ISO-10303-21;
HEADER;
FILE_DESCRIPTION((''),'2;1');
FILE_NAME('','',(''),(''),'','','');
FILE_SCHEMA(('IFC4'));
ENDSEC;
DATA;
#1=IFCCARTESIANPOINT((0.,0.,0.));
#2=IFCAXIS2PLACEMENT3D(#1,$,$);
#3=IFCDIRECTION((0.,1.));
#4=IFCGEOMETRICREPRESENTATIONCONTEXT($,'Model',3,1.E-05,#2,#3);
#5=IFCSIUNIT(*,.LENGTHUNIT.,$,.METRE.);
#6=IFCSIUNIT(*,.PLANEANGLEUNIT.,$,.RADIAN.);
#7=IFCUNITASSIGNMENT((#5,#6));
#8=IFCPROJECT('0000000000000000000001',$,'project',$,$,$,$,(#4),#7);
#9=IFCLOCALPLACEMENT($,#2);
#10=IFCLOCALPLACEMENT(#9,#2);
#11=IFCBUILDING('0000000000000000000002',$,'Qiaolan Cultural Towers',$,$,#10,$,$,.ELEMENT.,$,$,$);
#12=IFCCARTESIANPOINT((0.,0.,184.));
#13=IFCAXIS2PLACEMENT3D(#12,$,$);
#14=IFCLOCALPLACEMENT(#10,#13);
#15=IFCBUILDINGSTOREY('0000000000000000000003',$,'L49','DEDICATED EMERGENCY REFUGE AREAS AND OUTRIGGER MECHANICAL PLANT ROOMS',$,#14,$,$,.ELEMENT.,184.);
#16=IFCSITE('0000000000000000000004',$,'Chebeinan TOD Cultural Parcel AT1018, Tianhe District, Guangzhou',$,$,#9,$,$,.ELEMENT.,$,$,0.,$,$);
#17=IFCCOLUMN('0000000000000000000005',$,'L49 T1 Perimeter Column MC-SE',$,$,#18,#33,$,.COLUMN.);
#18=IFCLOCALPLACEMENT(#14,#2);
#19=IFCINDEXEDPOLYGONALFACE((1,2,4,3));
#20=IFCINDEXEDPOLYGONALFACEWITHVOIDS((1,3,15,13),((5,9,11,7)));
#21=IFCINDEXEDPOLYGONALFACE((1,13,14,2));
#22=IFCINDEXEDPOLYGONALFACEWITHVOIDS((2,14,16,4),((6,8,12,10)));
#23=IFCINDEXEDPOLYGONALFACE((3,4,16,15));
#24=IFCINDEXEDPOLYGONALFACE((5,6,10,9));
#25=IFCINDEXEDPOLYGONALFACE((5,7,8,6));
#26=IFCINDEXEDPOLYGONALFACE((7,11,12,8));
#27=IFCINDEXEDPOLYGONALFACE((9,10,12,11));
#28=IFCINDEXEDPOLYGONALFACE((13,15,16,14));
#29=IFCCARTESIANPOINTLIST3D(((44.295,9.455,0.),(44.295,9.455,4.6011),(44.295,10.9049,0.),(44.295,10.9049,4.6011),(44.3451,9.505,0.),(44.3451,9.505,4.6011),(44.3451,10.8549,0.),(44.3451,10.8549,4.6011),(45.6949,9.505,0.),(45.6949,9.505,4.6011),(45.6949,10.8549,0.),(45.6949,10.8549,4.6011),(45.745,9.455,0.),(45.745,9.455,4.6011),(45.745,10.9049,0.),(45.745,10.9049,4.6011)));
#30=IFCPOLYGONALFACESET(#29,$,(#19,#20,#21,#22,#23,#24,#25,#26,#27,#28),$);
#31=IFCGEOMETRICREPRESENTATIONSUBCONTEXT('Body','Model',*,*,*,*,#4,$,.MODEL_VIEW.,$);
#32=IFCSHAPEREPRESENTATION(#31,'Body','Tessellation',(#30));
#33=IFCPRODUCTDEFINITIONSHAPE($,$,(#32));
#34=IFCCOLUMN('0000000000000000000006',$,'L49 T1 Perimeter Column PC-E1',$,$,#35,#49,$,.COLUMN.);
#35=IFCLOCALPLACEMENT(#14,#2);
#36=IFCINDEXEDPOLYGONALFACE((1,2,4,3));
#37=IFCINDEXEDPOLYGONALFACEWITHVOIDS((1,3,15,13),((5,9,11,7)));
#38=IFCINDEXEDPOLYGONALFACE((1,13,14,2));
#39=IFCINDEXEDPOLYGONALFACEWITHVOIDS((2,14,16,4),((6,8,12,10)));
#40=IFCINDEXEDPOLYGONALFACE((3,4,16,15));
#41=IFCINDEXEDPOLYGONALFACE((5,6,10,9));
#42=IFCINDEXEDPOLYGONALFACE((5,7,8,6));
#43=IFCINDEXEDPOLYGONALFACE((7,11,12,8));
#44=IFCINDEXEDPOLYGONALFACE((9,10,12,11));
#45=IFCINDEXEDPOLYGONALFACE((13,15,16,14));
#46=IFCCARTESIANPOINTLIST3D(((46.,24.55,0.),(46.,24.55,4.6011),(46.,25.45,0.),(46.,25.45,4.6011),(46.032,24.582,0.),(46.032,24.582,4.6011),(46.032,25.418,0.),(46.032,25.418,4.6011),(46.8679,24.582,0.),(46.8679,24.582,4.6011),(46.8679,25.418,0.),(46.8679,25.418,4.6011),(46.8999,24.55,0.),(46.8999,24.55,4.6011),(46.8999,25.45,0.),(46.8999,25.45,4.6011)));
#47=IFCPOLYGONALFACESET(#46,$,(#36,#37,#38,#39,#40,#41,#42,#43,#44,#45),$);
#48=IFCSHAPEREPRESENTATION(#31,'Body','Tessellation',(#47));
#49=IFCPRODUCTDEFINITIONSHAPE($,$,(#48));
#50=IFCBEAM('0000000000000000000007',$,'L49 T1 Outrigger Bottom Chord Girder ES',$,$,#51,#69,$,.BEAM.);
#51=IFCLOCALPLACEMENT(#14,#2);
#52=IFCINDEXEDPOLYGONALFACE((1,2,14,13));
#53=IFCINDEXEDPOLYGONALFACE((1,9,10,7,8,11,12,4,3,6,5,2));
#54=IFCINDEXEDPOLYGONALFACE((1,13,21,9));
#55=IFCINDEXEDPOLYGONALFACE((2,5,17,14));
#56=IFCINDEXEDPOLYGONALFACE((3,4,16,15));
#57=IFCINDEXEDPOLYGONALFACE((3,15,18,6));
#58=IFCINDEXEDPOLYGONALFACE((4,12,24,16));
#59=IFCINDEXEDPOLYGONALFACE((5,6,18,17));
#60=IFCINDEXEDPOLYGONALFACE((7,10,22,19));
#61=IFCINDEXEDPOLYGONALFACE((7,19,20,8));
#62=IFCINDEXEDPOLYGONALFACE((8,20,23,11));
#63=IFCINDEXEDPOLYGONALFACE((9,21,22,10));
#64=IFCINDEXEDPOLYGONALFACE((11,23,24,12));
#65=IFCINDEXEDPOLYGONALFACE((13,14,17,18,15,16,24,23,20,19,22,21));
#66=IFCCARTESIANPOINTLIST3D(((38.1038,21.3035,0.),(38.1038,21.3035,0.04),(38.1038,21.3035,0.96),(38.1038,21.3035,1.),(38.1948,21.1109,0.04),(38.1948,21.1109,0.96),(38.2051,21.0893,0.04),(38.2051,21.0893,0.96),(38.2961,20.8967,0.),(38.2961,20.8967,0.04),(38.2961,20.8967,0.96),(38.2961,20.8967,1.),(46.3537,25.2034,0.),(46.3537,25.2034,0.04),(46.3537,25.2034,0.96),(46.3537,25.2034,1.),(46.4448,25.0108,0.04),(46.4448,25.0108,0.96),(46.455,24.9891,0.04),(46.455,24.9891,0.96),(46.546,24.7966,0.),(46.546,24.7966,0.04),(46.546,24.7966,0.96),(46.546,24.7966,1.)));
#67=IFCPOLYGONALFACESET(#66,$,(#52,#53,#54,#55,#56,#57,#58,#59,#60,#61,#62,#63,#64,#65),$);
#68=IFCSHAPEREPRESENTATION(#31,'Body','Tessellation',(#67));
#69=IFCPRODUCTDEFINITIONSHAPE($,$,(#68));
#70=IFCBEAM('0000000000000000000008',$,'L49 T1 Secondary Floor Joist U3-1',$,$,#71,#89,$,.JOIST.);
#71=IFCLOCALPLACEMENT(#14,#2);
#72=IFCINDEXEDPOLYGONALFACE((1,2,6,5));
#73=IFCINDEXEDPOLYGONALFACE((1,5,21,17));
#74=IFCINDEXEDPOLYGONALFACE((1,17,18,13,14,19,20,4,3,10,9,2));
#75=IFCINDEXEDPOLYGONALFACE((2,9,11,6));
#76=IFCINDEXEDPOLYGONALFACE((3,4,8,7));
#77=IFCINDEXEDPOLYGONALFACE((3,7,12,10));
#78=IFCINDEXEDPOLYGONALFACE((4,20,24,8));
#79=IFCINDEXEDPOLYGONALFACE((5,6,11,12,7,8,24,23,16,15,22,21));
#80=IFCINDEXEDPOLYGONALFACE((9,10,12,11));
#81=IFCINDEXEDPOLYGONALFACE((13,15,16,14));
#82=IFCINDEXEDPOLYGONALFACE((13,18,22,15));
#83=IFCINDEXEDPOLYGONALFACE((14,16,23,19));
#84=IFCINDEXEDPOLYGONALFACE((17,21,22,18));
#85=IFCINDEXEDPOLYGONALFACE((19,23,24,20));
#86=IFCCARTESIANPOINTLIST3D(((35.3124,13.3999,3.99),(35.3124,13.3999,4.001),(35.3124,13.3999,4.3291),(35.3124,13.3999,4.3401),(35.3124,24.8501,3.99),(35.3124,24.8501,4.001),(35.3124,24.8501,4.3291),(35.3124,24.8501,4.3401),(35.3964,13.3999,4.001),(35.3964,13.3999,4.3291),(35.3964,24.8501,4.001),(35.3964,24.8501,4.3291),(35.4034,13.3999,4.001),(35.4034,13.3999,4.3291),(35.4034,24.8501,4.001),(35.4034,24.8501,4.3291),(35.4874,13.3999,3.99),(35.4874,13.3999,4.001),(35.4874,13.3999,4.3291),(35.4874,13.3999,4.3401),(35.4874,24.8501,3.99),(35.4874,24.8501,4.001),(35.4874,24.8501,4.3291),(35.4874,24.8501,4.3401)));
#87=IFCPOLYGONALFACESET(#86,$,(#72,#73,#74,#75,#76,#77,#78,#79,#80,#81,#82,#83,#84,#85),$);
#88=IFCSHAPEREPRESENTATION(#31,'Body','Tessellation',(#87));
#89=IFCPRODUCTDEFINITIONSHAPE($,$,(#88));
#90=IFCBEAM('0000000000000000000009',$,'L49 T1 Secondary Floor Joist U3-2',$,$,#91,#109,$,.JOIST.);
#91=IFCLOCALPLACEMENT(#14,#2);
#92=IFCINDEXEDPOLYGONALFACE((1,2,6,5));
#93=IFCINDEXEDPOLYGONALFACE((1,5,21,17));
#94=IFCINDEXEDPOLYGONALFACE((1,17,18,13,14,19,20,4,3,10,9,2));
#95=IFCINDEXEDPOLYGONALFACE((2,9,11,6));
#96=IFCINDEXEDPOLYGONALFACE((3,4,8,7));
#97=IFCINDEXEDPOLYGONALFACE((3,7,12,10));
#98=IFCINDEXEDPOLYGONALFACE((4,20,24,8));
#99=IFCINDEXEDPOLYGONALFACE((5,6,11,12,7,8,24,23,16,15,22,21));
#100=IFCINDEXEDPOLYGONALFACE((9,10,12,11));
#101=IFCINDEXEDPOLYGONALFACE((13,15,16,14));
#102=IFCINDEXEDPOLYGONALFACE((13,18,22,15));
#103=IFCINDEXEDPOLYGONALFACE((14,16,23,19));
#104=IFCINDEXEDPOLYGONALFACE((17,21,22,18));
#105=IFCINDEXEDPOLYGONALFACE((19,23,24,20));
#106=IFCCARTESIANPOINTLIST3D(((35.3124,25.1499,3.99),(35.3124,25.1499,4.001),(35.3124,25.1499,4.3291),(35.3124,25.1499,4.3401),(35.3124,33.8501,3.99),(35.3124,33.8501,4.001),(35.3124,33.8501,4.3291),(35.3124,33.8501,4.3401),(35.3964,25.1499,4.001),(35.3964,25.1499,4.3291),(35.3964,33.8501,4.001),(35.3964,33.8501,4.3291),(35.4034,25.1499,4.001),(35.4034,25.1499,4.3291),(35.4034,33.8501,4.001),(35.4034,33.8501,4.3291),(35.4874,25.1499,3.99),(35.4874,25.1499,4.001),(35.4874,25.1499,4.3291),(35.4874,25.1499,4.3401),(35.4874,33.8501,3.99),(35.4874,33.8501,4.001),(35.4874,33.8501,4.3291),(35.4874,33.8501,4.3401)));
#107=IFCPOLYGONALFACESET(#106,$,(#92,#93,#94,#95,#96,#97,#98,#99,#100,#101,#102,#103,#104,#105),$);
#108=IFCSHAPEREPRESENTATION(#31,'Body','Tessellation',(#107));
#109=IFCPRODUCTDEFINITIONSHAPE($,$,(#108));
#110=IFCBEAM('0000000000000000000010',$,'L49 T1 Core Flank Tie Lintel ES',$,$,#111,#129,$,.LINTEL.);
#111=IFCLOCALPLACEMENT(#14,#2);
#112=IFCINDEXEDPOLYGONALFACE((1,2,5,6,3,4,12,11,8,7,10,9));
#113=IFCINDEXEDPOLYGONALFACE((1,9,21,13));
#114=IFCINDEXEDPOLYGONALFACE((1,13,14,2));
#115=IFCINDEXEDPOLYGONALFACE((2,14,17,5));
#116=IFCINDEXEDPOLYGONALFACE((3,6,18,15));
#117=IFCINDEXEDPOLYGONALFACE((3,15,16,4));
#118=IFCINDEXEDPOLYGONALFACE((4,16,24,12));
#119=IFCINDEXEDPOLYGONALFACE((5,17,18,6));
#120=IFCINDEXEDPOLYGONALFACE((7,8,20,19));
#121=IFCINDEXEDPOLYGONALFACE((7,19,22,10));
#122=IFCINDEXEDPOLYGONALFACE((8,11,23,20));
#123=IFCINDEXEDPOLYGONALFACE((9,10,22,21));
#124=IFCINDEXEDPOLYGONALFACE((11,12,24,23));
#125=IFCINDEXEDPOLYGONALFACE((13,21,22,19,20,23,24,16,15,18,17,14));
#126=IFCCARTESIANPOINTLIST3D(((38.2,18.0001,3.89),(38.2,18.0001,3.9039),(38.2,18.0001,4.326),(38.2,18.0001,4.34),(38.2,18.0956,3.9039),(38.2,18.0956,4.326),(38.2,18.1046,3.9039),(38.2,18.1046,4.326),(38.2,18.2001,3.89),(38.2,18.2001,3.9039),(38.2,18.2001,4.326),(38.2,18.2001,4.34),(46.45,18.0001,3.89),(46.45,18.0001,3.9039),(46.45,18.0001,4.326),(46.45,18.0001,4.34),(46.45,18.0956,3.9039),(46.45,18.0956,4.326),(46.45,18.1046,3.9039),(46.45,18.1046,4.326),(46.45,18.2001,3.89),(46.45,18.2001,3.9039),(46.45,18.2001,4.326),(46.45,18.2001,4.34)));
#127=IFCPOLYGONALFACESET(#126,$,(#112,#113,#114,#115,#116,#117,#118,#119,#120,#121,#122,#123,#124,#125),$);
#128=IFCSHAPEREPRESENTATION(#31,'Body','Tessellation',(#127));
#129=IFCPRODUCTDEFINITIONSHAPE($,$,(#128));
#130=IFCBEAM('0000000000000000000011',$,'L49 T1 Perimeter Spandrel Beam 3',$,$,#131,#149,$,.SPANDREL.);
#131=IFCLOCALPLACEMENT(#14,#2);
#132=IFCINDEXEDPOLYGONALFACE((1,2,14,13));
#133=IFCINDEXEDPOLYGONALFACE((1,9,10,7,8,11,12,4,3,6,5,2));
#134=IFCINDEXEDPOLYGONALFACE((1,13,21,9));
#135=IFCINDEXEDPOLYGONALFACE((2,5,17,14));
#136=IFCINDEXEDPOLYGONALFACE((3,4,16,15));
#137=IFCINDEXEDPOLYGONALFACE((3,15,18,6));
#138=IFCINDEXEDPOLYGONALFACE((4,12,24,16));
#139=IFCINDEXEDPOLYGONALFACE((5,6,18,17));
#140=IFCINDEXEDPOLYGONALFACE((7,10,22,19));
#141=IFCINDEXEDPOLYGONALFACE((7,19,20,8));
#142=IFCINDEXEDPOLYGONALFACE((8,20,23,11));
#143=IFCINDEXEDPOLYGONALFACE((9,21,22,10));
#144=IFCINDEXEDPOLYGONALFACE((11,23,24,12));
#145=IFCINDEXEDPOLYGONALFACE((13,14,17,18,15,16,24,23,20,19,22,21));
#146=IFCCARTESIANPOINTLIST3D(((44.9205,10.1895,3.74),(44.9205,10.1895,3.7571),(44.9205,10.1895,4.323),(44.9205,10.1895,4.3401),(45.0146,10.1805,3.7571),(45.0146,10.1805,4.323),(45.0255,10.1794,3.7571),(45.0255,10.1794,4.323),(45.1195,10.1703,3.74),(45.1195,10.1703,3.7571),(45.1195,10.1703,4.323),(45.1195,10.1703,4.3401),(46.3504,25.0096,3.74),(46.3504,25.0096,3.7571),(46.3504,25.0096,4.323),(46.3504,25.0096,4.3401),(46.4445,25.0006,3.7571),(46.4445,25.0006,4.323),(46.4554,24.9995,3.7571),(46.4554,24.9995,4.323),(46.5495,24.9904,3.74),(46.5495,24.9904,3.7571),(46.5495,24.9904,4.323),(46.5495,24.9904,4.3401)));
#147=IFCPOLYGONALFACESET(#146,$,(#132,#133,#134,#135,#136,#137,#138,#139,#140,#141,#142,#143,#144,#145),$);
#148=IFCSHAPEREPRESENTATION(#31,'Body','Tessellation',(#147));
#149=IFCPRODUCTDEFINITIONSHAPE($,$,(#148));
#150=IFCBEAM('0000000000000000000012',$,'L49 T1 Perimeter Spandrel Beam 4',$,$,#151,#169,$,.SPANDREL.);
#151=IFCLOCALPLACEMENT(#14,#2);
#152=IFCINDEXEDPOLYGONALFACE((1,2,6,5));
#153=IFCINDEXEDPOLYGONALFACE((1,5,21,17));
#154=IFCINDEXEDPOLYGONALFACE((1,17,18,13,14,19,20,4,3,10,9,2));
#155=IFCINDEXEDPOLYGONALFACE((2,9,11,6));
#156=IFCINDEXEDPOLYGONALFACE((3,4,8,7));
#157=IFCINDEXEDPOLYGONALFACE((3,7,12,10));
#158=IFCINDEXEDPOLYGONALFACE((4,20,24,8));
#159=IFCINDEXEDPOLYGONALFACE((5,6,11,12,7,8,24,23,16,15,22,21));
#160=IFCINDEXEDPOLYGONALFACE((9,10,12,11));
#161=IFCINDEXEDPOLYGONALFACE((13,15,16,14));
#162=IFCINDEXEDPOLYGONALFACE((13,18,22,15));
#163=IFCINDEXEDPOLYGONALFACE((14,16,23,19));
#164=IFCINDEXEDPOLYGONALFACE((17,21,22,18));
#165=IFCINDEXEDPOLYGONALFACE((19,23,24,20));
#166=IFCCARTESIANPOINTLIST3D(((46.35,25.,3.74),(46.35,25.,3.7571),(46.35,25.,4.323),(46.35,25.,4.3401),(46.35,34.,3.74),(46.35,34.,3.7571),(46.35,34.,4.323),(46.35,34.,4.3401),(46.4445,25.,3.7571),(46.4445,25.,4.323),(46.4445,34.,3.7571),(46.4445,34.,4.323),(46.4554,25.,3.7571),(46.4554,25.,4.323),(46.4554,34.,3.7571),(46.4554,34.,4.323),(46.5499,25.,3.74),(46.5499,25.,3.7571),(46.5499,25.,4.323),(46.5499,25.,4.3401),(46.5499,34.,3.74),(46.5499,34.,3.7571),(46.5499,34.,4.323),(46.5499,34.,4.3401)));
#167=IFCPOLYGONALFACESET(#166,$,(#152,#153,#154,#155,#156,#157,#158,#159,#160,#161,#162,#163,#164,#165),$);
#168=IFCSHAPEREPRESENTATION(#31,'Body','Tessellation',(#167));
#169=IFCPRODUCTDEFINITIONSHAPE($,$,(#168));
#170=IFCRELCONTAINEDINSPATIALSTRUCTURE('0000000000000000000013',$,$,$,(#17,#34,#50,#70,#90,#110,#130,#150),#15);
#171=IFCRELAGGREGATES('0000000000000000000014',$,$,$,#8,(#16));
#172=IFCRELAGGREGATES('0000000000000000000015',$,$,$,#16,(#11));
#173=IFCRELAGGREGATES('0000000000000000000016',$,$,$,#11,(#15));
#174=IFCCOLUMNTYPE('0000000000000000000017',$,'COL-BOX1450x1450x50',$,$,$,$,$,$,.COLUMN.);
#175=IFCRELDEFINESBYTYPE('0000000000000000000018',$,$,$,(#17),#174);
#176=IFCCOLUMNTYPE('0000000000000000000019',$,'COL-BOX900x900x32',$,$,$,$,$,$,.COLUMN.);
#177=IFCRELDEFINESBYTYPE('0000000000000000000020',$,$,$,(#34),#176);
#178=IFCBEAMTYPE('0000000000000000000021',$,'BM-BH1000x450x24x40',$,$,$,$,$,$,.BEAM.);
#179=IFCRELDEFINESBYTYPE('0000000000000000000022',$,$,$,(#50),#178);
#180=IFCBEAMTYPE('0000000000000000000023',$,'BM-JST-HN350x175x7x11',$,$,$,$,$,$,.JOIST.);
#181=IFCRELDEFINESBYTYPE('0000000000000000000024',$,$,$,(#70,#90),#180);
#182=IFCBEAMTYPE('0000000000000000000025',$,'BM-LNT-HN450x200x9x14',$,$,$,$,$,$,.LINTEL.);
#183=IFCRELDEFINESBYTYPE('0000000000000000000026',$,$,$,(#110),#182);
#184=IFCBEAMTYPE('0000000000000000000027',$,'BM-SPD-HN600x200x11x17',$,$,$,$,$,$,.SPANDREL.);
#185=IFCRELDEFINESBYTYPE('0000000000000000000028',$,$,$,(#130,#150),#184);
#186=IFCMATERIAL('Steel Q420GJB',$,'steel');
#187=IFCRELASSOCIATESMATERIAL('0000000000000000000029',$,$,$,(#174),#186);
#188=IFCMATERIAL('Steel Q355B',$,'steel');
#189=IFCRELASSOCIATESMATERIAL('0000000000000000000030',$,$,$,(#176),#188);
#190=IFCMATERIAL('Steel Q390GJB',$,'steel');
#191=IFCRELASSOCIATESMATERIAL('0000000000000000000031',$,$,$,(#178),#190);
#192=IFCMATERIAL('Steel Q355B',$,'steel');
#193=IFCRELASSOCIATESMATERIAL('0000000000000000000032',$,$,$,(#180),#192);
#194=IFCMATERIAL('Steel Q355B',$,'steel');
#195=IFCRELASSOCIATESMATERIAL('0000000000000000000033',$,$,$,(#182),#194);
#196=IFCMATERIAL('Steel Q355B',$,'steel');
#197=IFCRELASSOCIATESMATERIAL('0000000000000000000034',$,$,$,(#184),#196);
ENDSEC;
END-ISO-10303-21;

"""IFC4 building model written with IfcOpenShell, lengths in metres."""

from ifc_helpers import new_model, si_unit, direction, frame, origin, origin_2d, place, context, subcontext, project, spatial, hollow_rectangle, i_section, extrude, material, material_profile, profile_set, type_object, element, save


model = new_model("IFC4")

# Units and contexts
model_context = context("Model", 3, precision=1e-05, world=origin(), true_north=direction((0.0, 1.0)))
body_context = subcontext(model_context, "Body", "Model", "MODEL_VIEW")
ifc_project = project(units=[si_unit("LENGTHUNIT", "METRE"), si_unit("PLANEANGLEUNIT", "RADIAN")], contexts=[model_context])

# Site, building, storey
site_placement = place(None, origin())
site = spatial("IfcSite", under=ifc_project, at=site_placement, Name="Chebeinan TOD Cultural Parcel AT1018, Tianhe District, Guangzhou", CompositionType="ELEMENT", RefElevation=0.0)
building_placement = place(site_placement, origin())
building = spatial("IfcBuilding", under=site, at=building_placement, Name="Qiaolan Cultural Towers", CompositionType="ELEMENT")
storey_placement = place(building_placement, frame((0.0, 0.0, 184.0)))
storey = spatial("IfcBuildingStorey", under=building, at=storey_placement, Name="L49", Description="DEDICATED EMERGENCY REFUGE AREAS AND OUTRIGGER MECHANICAL PLANT ROOMS", CompositionType="ELEMENT", Elevation=184.0)

# Columns
ifc_material_1 = material(Name="Steel Q420GJB", Category="steel")
ifc_material_profile_1 = material_profile(ifc_material_1, hollow_rectangle(XDim=1.45, YDim=1.45, WallThickness=0.05, at=origin_2d()), Name="BOX1450x1450x50")
ifc_profile_set_1 = profile_set([ifc_material_profile_1], Name="Steel Q420GJB")
column_type_1 = type_object("IfcColumnType", Name="COL-BOX1450x1450x50", PredefinedType="COLUMN", material=ifc_profile_set_1)
column_1_placement = place(storey_placement, frame((45.02, 10.1799, 0.0), z_axis=(0.0, 0.0, 1.0), x_axis=(1.0, 0.0, 0.0)))
element("IfcColumn", 1, at=column_1_placement, inside=storey, type_object=column_type_1, Name="L49 T1 Perimeter Column MC-SE", PredefinedType="COLUMN", context=body_context, shape_type="SweptSolid", body=[
    extrude(hollow_rectangle(XDim=1.45, YDim=1.45, WallThickness=0.05, at=origin_2d()), origin(), (0.0, 0.0, 1.0), 4.6011),
])
ifc_material_2 = material(Name="Steel Q355B", Category="steel")
ifc_material_profile_2 = material_profile(ifc_material_2, hollow_rectangle(XDim=0.8999, YDim=0.8999, WallThickness=0.032, at=origin_2d()), Name="BOX900x900x32")
ifc_profile_set_2 = profile_set([ifc_material_profile_2], Name="Steel Q355B")
column_type_2 = type_object("IfcColumnType", Name="COL-BOX900x900x32", PredefinedType="COLUMN", material=ifc_profile_set_2)
column_2_placement = place(storey_placement, frame((46.45, 25.0, 0.0), z_axis=(0.0, 0.0, 1.0), x_axis=(1.0, 0.0, 0.0)))
element("IfcColumn", 2, at=column_2_placement, inside=storey, type_object=column_type_2, Name="L49 T1 Perimeter Column PC-E1", PredefinedType="COLUMN", context=body_context, shape_type="SweptSolid", body=[
    extrude(hollow_rectangle(XDim=0.8999, YDim=0.8999, WallThickness=0.032, at=origin_2d()), origin(), (0.0, 0.0, 1.0), 4.6011),
])

# Beams
ifc_material_3 = material(Name="Steel Q390GJB", Category="steel")
ifc_material_profile_3 = material_profile(ifc_material_3, i_section(OverallWidth=0.45, OverallDepth=1.0, WebThickness=0.0239, FlangeThickness=0.04, at=origin_2d()), Name="BH1000x450x24x40")
ifc_profile_set_3 = profile_set([ifc_material_profile_3], Name="Steel Q390GJB")
beam_type_1 = type_object("IfcBeamType", Name="BM-BH1000x450x24x40", PredefinedType="BEAM", material=ifc_profile_set_3)
beam_1_placement = place(storey_placement, frame((38.2, 21.1001, 0.5), z_axis=(0.904076, 0.427371, 0.0), x_axis=(-0.427371, 0.904076, 0.0)))
element("IfcBeam", 3, at=beam_1_placement, inside=storey, type_object=beam_type_1, Name="L49 T1 Outrigger Bottom Chord Girder ES", PredefinedType="BEAM", context=body_context, shape_type="SweptSolid", body=[
    extrude(i_section(OverallWidth=0.45, OverallDepth=1.0, WebThickness=0.0239, FlangeThickness=0.04, at=origin_2d()), origin(), (0.0, 0.0, 1.0), 9.1252),
])
ifc_material_4 = material(Name="Steel Q355B", Category="steel")
ifc_material_profile_4 = material_profile(ifc_material_4, i_section(OverallWidth=0.175, OverallDepth=0.3501, WebThickness=0.0071, FlangeThickness=0.011, at=origin_2d()), Name="HN350x175x7x11")
ifc_profile_set_4 = profile_set([ifc_material_profile_4], Name="Steel Q355B")
beam_type_2 = type_object("IfcBeamType", Name="BM-JST-HN350x175x7x11", PredefinedType="JOIST", material=ifc_profile_set_4)
beam_2_placement = place(storey_placement, frame((35.3999, 13.3999, 4.165), z_axis=(0.0, 1.0, 0.0), x_axis=(-1.0, 0.0, 0.0)))
element("IfcBeam", 4, at=beam_2_placement, inside=storey, type_object=beam_type_2, Name="L49 T1 Secondary Floor Joist U3-1", PredefinedType="JOIST", context=body_context, shape_type="SweptSolid", body=[
    extrude(i_section(OverallWidth=0.175, OverallDepth=0.3501, WebThickness=0.0071, FlangeThickness=0.011, at=origin_2d()), origin(), (0.0, 0.0, 1.0), 11.4502),
])
beam_3_placement = place(storey_placement, frame((35.3999, 25.1499, 4.165), z_axis=(0.0, 1.0, 0.0), x_axis=(-1.0, 0.0, 0.0)))
element("IfcBeam", 5, at=beam_3_placement, inside=storey, type_object=beam_type_2, Name="L49 T1 Secondary Floor Joist U3-2", PredefinedType="JOIST", context=body_context, shape_type="SweptSolid", body=[
    extrude(i_section(OverallWidth=0.175, OverallDepth=0.3501, WebThickness=0.0071, FlangeThickness=0.011, at=origin_2d()), origin(), (0.0, 0.0, 1.0), 8.7002),
])
ifc_material_5 = material(Name="Steel Q355B", Category="steel")
ifc_material_profile_5 = material_profile(ifc_material_5, i_section(OverallWidth=0.2, OverallDepth=0.45, WebThickness=0.009, FlangeThickness=0.0139, at=origin_2d()), Name="HN450x200x9x14")
ifc_profile_set_5 = profile_set([ifc_material_profile_5], Name="Steel Q355B")
beam_type_3 = type_object("IfcBeamType", Name="BM-LNT-HN450x200x9x14", PredefinedType="LINTEL", material=ifc_profile_set_5)
beam_4_placement = place(storey_placement, frame((38.2, 18.1001, 4.115), z_axis=(1.0, 0.0, 0.0), x_axis=(0.0, 1.0, 0.0)))
element("IfcBeam", 6, at=beam_4_placement, inside=storey, type_object=beam_type_3, Name="L49 T1 Core Flank Tie Lintel ES", PredefinedType="LINTEL", context=body_context, shape_type="SweptSolid", body=[
    extrude(i_section(OverallWidth=0.2, OverallDepth=0.45, WebThickness=0.009, FlangeThickness=0.0139, at=origin_2d()), origin(), (0.0, 0.0, 1.0), 8.25),
])
ifc_material_6 = material(Name="Steel Q355B", Category="steel")
ifc_material_profile_6 = material_profile(ifc_material_6, i_section(OverallWidth=0.2, OverallDepth=0.6001, WebThickness=0.011, FlangeThickness=0.0171, at=origin_2d()), Name="HN600x200x11x17")
ifc_profile_set_6 = profile_set([ifc_material_profile_6], Name="Steel Q355B")
beam_type_4 = type_object("IfcBeamType", Name="BM-SPD-HN600x200x11x17", PredefinedType="SPANDREL", material=ifc_profile_set_6)
beam_5_placement = place(storey_placement, frame((45.02, 10.1799, 4.04), z_axis=(0.09604, 0.995377, 0.0), x_axis=(-0.995377, 0.09604, 0.0)))
element("IfcBeam", 7, at=beam_5_placement, inside=storey, type_object=beam_type_4, Name="L49 T1 Perimeter Spandrel Beam 3", PredefinedType="SPANDREL", context=body_context, shape_type="SweptSolid", body=[
    extrude(i_section(OverallWidth=0.2, OverallDepth=0.6001, WebThickness=0.011, FlangeThickness=0.0171, at=origin_2d()), origin(), (0.0, 0.0, 1.0), 14.8889),
])
beam_6_placement = place(storey_placement, frame((46.45, 25.0, 4.04), z_axis=(0.0, 1.0, 0.0), x_axis=(-1.0, 0.0, 0.0)))
element("IfcBeam", 8, at=beam_6_placement, inside=storey, type_object=beam_type_4, Name="L49 T1 Perimeter Spandrel Beam 4", PredefinedType="SPANDREL", context=body_context, shape_type="SweptSolid", body=[
    extrude(i_section(OverallWidth=0.2, OverallDepth=0.6001, WebThickness=0.011, FlangeThickness=0.0171, at=origin_2d()), origin(), (0.0, 0.0, 1.0), 9.0),
])

save(model, "model.ifc")
